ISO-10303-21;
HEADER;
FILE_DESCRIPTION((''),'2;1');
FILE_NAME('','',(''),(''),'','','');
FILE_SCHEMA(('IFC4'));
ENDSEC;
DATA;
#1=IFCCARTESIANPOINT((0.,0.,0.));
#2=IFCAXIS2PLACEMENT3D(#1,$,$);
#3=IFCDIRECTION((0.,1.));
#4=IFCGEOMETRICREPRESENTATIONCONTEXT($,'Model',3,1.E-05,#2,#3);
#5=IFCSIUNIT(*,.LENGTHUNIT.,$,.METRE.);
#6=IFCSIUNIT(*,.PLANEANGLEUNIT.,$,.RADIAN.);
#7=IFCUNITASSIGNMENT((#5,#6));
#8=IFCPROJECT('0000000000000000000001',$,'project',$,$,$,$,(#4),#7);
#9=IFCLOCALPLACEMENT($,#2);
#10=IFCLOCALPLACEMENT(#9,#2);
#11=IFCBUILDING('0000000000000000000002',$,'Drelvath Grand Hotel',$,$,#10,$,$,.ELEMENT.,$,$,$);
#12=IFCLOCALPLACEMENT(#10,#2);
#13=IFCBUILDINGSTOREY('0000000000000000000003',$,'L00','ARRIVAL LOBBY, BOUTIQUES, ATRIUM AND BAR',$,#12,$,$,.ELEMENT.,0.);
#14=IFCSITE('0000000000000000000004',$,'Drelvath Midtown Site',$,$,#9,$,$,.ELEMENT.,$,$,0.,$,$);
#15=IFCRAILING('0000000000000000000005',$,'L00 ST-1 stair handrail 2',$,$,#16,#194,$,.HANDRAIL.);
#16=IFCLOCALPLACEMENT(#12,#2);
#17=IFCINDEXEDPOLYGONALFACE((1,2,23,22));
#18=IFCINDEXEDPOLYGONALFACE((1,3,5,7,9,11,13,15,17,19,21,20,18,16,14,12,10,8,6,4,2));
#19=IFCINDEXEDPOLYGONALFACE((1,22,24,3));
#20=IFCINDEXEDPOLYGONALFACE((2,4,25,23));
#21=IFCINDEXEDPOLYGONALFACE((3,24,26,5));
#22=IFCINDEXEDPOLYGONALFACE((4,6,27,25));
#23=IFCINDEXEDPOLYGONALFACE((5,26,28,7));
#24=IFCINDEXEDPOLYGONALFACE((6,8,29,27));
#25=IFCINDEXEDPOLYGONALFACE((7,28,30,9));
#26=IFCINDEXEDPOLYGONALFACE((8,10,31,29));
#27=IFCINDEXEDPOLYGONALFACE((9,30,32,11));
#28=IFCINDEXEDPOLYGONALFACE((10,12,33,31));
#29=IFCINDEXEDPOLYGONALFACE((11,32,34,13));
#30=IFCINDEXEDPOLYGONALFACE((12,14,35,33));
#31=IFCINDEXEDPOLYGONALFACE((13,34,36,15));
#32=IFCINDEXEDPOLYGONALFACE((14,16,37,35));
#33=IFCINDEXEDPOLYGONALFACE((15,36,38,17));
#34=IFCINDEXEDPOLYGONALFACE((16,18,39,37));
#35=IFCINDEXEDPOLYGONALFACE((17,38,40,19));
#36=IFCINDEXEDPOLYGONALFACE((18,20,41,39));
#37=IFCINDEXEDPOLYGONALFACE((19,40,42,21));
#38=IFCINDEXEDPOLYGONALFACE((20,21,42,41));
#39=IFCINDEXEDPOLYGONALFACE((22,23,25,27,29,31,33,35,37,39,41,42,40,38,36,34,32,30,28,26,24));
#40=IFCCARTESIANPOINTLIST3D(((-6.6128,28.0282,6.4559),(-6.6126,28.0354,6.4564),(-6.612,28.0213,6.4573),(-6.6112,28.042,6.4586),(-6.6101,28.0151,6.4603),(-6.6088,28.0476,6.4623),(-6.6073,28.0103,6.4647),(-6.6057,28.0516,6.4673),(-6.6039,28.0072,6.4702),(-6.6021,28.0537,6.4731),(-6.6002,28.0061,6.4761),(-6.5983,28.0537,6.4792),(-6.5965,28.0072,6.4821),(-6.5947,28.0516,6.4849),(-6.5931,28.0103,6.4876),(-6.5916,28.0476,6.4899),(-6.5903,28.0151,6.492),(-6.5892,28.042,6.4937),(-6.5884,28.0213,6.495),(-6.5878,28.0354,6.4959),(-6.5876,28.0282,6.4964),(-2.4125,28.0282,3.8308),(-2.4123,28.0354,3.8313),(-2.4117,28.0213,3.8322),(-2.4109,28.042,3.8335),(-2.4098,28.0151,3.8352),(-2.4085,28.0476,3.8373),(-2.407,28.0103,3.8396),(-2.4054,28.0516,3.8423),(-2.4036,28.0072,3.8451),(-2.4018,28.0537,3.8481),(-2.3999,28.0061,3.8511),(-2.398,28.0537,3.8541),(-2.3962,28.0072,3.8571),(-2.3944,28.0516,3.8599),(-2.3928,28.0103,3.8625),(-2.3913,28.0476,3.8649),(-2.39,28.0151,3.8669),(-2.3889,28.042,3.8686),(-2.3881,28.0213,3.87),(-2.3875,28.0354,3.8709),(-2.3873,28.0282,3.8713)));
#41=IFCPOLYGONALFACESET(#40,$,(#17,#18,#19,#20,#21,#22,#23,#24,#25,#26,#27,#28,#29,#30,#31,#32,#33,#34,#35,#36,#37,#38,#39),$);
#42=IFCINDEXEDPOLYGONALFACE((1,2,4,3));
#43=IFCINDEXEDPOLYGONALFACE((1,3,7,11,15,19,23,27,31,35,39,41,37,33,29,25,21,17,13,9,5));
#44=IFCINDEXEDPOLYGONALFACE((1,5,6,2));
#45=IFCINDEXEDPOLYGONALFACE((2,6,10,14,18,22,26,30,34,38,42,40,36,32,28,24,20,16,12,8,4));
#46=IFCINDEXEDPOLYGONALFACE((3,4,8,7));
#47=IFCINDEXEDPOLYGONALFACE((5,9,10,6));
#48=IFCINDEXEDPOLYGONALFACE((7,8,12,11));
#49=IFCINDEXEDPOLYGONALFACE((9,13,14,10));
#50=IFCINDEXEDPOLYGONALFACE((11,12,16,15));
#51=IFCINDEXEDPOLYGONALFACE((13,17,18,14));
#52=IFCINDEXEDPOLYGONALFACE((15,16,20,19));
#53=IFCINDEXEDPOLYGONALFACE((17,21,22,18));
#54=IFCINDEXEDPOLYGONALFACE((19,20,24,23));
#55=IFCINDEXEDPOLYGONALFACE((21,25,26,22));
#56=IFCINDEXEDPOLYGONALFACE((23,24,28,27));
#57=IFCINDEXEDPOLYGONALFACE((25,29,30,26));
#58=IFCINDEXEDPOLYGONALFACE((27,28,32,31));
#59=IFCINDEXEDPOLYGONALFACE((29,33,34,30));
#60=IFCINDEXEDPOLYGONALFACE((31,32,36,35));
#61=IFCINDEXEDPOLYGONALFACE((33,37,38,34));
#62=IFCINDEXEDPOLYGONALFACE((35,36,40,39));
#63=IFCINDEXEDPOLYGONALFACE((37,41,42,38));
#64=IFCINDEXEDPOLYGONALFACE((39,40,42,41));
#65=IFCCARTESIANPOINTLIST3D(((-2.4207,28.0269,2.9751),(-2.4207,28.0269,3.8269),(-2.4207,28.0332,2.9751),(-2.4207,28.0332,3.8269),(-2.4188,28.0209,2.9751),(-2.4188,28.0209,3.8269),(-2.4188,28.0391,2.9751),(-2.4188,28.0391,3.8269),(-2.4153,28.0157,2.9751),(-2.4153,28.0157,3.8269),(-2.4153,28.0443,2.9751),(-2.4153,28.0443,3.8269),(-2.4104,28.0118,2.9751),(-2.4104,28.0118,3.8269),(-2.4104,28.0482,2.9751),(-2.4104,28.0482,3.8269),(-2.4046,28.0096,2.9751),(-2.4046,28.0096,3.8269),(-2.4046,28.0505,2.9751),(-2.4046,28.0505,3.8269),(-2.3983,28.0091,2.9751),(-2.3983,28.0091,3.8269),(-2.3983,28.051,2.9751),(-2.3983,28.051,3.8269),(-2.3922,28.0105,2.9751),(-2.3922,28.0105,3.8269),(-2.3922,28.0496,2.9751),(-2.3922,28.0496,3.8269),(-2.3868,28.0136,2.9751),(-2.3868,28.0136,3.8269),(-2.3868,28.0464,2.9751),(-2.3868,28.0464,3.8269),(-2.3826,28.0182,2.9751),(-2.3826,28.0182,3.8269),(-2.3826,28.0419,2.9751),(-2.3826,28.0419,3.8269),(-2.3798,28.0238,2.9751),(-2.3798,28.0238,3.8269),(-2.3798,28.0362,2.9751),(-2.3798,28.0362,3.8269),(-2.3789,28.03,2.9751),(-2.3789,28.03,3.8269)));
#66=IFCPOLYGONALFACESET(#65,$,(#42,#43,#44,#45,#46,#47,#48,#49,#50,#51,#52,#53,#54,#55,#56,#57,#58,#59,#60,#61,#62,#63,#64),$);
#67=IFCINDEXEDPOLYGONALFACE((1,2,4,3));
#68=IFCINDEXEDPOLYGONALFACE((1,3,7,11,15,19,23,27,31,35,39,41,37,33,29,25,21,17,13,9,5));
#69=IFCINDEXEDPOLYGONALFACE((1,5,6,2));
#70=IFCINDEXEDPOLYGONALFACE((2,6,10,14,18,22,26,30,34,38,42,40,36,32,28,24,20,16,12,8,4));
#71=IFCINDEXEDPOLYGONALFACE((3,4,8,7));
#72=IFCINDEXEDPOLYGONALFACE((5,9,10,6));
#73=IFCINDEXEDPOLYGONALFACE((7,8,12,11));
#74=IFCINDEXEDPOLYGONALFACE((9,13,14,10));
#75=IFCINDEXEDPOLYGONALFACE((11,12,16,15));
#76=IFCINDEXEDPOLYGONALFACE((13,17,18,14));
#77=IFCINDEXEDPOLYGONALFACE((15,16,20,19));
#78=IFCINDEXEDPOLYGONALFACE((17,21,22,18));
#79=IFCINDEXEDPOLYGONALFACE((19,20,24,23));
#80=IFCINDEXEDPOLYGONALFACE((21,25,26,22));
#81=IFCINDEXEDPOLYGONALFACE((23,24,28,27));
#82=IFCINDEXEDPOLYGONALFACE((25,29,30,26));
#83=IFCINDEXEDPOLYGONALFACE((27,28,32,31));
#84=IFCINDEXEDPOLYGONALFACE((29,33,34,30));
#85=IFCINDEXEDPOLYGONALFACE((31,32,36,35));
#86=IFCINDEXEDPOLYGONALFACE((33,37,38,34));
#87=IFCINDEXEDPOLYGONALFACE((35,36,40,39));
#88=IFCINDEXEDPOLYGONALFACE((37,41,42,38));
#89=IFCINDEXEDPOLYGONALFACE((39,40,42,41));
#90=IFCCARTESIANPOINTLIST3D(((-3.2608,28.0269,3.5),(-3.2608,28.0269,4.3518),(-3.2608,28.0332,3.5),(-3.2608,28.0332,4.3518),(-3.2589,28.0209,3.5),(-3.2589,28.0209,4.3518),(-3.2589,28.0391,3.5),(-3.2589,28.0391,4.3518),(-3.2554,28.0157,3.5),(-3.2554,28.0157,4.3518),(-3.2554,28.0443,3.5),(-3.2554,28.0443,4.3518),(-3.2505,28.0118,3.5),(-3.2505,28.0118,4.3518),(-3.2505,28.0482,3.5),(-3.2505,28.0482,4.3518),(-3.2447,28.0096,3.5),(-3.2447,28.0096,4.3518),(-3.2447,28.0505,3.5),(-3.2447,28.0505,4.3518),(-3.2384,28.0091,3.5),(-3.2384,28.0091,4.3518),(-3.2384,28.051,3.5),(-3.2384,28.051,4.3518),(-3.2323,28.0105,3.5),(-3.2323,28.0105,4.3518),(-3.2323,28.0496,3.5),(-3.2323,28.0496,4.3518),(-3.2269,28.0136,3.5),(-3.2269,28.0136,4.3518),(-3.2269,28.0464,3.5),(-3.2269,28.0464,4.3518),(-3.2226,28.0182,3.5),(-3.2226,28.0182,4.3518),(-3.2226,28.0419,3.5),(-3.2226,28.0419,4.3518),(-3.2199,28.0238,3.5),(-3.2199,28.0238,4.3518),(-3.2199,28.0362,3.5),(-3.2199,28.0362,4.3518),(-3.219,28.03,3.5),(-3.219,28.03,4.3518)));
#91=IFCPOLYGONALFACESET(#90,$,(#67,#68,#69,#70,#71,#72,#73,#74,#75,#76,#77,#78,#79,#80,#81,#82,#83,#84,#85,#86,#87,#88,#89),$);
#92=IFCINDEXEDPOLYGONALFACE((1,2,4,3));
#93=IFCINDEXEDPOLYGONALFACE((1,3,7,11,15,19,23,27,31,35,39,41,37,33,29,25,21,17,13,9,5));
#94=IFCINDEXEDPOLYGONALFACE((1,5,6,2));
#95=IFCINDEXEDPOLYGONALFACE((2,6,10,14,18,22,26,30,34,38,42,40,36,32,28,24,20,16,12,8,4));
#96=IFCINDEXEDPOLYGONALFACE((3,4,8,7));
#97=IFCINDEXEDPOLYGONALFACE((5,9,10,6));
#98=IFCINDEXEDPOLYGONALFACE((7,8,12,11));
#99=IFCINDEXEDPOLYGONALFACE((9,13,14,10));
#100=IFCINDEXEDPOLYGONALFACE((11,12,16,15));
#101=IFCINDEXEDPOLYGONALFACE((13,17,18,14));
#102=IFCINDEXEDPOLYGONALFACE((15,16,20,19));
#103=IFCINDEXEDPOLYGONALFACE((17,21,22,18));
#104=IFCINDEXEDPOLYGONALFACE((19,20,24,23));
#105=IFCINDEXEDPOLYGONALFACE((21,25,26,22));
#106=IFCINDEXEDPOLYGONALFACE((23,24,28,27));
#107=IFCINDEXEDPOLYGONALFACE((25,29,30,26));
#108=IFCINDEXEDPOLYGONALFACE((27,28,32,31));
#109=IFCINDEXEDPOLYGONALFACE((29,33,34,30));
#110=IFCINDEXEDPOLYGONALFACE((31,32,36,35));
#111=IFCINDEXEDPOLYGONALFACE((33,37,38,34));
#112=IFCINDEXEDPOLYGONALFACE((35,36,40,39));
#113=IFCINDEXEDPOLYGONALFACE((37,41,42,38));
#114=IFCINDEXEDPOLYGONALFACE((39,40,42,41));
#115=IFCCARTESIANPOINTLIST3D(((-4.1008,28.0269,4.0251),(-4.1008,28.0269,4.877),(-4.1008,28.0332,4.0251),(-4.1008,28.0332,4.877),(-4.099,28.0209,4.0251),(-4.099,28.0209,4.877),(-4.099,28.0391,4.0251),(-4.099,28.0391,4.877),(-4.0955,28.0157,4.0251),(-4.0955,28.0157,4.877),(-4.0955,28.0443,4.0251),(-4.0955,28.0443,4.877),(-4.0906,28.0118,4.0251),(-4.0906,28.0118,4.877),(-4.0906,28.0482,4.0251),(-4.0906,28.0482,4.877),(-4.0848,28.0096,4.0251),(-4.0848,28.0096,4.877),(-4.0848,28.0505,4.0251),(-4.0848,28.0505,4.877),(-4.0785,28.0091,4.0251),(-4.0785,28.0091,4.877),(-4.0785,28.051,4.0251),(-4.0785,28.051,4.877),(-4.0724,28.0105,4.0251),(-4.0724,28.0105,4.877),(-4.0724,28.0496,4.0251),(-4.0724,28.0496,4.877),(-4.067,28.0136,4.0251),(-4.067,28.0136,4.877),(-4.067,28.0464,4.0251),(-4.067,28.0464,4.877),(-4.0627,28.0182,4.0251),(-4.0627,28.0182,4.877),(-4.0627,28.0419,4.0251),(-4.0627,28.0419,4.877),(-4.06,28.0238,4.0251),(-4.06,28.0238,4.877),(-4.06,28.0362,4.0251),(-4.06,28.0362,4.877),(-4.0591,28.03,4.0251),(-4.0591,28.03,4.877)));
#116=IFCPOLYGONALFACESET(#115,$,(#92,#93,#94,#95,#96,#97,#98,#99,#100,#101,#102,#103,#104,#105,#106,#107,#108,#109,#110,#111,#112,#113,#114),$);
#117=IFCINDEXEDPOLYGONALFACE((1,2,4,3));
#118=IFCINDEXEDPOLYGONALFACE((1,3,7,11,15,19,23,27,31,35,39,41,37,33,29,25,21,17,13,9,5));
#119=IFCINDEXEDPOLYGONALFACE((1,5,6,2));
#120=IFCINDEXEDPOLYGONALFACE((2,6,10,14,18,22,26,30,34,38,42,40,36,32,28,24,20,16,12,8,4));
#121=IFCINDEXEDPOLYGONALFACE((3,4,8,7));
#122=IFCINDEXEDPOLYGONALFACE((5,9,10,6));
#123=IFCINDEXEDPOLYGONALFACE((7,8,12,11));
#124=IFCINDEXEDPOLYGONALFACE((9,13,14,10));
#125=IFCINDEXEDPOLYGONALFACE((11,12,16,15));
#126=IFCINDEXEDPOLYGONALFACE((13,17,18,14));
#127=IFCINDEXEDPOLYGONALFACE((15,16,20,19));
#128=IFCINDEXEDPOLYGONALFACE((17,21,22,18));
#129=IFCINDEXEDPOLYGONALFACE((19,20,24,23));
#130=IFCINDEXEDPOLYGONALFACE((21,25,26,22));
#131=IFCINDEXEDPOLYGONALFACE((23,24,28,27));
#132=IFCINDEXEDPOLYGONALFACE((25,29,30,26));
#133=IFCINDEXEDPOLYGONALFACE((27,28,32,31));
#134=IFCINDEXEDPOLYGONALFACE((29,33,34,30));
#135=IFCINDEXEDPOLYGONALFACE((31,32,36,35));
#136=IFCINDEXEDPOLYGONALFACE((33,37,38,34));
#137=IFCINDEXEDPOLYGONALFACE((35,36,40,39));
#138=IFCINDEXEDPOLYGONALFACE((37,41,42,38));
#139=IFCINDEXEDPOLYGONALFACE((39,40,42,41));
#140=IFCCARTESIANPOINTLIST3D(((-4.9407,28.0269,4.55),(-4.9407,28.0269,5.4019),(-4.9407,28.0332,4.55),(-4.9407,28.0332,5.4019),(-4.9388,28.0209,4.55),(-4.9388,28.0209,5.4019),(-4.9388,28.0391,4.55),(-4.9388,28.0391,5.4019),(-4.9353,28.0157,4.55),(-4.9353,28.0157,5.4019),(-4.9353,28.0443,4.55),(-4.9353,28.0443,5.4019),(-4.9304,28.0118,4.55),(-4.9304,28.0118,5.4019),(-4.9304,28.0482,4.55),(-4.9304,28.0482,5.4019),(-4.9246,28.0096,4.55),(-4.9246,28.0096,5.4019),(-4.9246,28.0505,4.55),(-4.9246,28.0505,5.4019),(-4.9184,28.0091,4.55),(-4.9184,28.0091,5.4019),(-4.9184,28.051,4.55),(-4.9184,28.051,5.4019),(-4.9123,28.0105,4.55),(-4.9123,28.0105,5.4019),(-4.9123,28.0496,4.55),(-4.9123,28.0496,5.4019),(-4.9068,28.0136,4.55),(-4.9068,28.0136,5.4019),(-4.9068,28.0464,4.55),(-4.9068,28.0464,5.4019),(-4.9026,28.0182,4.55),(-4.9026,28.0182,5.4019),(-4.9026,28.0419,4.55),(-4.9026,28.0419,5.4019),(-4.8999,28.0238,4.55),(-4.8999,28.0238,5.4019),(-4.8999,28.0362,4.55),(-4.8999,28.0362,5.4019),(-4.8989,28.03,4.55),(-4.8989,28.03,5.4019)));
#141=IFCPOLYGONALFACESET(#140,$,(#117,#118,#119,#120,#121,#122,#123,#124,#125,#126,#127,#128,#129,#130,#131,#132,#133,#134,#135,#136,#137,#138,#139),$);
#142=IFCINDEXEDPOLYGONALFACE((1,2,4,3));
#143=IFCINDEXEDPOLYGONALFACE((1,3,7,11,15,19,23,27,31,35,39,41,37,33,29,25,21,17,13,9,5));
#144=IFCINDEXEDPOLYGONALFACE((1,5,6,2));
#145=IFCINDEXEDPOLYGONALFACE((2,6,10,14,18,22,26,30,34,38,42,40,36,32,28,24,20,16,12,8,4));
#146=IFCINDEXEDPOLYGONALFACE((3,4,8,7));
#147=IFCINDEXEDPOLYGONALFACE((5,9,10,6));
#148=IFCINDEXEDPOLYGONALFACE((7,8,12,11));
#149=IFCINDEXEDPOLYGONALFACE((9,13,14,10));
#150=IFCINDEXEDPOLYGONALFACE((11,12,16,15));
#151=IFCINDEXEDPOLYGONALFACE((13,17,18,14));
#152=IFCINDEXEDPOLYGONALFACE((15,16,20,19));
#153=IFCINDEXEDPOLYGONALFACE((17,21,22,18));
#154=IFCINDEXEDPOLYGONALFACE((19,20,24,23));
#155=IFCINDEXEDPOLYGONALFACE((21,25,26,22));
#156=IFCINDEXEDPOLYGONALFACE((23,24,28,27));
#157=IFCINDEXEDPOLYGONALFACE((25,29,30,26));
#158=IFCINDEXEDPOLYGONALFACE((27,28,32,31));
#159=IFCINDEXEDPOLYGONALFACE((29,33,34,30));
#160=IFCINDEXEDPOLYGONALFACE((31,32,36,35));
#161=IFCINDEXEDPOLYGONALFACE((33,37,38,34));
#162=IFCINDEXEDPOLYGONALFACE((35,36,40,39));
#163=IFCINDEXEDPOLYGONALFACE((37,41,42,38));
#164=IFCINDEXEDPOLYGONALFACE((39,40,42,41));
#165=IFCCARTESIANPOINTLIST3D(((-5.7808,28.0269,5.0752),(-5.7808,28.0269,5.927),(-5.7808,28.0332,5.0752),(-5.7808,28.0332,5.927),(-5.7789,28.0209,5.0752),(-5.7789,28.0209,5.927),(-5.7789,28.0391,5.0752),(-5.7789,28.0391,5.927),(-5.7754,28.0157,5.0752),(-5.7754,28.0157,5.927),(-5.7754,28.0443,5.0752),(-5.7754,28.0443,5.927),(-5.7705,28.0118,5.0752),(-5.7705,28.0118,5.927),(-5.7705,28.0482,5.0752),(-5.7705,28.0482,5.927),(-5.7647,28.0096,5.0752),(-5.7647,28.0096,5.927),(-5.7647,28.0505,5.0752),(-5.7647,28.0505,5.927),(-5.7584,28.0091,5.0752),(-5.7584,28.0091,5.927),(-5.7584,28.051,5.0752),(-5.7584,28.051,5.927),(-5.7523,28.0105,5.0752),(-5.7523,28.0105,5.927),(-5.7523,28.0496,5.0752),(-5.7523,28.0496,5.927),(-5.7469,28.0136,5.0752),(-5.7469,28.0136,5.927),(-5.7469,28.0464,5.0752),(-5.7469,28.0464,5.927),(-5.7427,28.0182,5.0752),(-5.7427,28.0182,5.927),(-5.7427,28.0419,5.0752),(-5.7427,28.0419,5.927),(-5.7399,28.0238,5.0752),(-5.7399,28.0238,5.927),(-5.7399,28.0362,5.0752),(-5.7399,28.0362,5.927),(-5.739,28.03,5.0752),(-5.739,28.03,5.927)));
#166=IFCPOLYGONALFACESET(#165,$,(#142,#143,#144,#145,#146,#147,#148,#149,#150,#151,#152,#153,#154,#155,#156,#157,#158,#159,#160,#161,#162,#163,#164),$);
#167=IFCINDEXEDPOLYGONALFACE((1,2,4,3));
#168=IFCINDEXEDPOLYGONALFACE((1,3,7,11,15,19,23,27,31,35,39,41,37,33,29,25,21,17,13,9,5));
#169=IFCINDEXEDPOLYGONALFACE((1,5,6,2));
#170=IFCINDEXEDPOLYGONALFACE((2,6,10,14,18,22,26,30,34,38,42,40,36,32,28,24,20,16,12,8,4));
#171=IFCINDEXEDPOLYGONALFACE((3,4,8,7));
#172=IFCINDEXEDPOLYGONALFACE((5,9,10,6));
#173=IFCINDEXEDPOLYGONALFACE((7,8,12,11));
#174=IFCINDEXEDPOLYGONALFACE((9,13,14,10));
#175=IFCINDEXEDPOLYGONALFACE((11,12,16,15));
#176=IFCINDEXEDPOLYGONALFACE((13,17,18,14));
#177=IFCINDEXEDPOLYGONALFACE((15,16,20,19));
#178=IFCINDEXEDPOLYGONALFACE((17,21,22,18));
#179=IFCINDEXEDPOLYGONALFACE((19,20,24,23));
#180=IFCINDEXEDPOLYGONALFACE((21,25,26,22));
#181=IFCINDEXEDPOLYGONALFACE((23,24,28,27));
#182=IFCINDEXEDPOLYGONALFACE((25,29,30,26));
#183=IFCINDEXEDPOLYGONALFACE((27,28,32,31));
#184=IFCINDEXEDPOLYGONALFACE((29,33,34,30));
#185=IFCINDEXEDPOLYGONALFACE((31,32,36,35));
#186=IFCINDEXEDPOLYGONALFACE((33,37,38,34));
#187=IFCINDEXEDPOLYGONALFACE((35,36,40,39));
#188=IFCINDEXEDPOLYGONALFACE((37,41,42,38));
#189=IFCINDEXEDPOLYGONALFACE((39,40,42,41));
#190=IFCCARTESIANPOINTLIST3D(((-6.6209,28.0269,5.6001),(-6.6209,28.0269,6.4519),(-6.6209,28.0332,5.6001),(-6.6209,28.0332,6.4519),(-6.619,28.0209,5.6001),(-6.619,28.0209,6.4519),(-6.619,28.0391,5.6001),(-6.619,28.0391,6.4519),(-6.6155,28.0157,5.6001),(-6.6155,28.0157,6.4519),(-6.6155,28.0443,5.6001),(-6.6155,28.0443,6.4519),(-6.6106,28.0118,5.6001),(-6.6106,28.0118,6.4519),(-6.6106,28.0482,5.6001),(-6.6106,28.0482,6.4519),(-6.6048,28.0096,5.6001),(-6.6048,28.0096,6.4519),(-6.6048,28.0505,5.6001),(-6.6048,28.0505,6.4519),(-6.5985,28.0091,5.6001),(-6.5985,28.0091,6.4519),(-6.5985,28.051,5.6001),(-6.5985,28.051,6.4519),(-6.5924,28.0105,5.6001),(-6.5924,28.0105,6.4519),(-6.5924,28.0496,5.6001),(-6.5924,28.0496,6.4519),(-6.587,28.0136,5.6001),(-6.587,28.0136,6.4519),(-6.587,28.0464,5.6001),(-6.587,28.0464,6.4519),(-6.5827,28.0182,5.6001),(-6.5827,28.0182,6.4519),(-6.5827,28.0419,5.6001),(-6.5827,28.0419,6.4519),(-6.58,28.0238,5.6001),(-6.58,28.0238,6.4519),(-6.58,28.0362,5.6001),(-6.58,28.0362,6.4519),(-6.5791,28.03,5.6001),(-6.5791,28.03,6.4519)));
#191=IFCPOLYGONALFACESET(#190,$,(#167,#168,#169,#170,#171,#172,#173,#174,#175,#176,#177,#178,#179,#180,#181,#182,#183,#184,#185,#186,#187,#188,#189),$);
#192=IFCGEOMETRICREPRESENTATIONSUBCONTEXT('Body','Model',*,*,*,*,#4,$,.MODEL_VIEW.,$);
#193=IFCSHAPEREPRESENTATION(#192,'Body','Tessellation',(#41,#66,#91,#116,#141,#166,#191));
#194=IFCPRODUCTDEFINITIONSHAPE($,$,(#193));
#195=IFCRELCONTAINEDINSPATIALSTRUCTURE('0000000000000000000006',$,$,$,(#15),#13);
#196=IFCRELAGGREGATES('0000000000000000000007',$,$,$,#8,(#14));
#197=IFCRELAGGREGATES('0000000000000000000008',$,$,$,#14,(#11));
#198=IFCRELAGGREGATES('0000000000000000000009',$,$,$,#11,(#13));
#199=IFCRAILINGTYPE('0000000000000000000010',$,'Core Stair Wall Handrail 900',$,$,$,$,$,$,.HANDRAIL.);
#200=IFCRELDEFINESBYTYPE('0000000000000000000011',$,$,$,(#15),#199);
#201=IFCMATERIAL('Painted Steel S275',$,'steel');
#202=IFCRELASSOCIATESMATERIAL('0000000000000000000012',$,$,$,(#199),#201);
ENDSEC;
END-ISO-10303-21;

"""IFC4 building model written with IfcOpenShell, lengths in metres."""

from ifc_helpers import new_model, si_unit, direction, frame, origin, origin_2d, place, context, subcontext, project, spatial, circle, extrude, material, type_object, element, save


model = new_model("IFC4")

# Units and contexts
model_context = context("Model", 3, precision=1e-05, world=origin(), true_north=direction((0.0, 1.0)))
body_context = subcontext(model_context, "Body", "Model", "MODEL_VIEW")
ifc_project = project(units=[si_unit("LENGTHUNIT", "METRE"), si_unit("PLANEANGLEUNIT", "RADIAN")], contexts=[model_context])

# Site, building, storey
site_placement = place(None, origin())
site = spatial("IfcSite", under=ifc_project, at=site_placement, Name="Drelvath Midtown Site", CompositionType="ELEMENT", RefElevation=0.0)
building_placement = place(site_placement, origin())
building = spatial("IfcBuilding", under=site, at=building_placement, Name="Drelvath Grand Hotel", CompositionType="ELEMENT")
storey_placement = place(building_placement, origin())
storey = spatial("IfcBuildingStorey", under=building, at=storey_placement, Name="L00", Description="ARRIVAL LOBBY, BOUTIQUES, ATRIUM AND BAR", CompositionType="ELEMENT", Elevation=0.0)

# Shared definitions
ifc_material_1 = material(Name="Painted Steel S275", Category="steel")

# Railing
railing_type_1 = type_object("IfcRailingType", Name="Core Stair Wall Handrail 900", PredefinedType="HANDRAIL", material=ifc_material_1)
railing_1_placement = place(storey_placement, frame((-2.3999, 28.03, 2.9751)))
element("IfcRailing", 1, at=railing_1_placement, inside=storey, type_object=railing_type_1, Name="L00 ST-1 stair handrail 2", PredefinedType="HANDRAIL", context=body_context, shape_type="SweptSolid", body=[
    extrude(circle(Radius=0.0239, at=origin_2d()), frame((0.0, 0.0, 0.876), z_axis=(-0.848009, 0.0, 0.529981), x_axis=(0.0, -1.0, 0.0)), (0.0, 0.0, 1.0), 4.9531),
    extrude(circle(Radius=0.021, at=origin_2d()), origin(), (0.0, 0.0, 1.0), 0.8518),
    extrude(circle(Radius=0.021, at=origin_2d()), frame((-0.8401, 0.0, 0.5249)), (0.0, 0.0, 1.0), 0.8518),
    extrude(circle(Radius=0.021, at=origin_2d()), frame((-1.6802, 0.0, 1.05)), (0.0, 0.0, 1.0), 0.8518),
    extrude(circle(Radius=0.021, at=origin_2d()), frame((-2.52, 0.0, 1.575)), (0.0, 0.0, 1.0), 0.8518),
    extrude(circle(Radius=0.021, at=origin_2d()), frame((-3.3601, 0.0, 2.1001)), (0.0, 0.0, 1.0), 0.8518),
    extrude(circle(Radius=0.021, at=origin_2d()), frame((-4.2002, 0.0, 2.625)), (0.0, 0.0, 1.0), 0.8518),
])

save(model, "model.ifc")
